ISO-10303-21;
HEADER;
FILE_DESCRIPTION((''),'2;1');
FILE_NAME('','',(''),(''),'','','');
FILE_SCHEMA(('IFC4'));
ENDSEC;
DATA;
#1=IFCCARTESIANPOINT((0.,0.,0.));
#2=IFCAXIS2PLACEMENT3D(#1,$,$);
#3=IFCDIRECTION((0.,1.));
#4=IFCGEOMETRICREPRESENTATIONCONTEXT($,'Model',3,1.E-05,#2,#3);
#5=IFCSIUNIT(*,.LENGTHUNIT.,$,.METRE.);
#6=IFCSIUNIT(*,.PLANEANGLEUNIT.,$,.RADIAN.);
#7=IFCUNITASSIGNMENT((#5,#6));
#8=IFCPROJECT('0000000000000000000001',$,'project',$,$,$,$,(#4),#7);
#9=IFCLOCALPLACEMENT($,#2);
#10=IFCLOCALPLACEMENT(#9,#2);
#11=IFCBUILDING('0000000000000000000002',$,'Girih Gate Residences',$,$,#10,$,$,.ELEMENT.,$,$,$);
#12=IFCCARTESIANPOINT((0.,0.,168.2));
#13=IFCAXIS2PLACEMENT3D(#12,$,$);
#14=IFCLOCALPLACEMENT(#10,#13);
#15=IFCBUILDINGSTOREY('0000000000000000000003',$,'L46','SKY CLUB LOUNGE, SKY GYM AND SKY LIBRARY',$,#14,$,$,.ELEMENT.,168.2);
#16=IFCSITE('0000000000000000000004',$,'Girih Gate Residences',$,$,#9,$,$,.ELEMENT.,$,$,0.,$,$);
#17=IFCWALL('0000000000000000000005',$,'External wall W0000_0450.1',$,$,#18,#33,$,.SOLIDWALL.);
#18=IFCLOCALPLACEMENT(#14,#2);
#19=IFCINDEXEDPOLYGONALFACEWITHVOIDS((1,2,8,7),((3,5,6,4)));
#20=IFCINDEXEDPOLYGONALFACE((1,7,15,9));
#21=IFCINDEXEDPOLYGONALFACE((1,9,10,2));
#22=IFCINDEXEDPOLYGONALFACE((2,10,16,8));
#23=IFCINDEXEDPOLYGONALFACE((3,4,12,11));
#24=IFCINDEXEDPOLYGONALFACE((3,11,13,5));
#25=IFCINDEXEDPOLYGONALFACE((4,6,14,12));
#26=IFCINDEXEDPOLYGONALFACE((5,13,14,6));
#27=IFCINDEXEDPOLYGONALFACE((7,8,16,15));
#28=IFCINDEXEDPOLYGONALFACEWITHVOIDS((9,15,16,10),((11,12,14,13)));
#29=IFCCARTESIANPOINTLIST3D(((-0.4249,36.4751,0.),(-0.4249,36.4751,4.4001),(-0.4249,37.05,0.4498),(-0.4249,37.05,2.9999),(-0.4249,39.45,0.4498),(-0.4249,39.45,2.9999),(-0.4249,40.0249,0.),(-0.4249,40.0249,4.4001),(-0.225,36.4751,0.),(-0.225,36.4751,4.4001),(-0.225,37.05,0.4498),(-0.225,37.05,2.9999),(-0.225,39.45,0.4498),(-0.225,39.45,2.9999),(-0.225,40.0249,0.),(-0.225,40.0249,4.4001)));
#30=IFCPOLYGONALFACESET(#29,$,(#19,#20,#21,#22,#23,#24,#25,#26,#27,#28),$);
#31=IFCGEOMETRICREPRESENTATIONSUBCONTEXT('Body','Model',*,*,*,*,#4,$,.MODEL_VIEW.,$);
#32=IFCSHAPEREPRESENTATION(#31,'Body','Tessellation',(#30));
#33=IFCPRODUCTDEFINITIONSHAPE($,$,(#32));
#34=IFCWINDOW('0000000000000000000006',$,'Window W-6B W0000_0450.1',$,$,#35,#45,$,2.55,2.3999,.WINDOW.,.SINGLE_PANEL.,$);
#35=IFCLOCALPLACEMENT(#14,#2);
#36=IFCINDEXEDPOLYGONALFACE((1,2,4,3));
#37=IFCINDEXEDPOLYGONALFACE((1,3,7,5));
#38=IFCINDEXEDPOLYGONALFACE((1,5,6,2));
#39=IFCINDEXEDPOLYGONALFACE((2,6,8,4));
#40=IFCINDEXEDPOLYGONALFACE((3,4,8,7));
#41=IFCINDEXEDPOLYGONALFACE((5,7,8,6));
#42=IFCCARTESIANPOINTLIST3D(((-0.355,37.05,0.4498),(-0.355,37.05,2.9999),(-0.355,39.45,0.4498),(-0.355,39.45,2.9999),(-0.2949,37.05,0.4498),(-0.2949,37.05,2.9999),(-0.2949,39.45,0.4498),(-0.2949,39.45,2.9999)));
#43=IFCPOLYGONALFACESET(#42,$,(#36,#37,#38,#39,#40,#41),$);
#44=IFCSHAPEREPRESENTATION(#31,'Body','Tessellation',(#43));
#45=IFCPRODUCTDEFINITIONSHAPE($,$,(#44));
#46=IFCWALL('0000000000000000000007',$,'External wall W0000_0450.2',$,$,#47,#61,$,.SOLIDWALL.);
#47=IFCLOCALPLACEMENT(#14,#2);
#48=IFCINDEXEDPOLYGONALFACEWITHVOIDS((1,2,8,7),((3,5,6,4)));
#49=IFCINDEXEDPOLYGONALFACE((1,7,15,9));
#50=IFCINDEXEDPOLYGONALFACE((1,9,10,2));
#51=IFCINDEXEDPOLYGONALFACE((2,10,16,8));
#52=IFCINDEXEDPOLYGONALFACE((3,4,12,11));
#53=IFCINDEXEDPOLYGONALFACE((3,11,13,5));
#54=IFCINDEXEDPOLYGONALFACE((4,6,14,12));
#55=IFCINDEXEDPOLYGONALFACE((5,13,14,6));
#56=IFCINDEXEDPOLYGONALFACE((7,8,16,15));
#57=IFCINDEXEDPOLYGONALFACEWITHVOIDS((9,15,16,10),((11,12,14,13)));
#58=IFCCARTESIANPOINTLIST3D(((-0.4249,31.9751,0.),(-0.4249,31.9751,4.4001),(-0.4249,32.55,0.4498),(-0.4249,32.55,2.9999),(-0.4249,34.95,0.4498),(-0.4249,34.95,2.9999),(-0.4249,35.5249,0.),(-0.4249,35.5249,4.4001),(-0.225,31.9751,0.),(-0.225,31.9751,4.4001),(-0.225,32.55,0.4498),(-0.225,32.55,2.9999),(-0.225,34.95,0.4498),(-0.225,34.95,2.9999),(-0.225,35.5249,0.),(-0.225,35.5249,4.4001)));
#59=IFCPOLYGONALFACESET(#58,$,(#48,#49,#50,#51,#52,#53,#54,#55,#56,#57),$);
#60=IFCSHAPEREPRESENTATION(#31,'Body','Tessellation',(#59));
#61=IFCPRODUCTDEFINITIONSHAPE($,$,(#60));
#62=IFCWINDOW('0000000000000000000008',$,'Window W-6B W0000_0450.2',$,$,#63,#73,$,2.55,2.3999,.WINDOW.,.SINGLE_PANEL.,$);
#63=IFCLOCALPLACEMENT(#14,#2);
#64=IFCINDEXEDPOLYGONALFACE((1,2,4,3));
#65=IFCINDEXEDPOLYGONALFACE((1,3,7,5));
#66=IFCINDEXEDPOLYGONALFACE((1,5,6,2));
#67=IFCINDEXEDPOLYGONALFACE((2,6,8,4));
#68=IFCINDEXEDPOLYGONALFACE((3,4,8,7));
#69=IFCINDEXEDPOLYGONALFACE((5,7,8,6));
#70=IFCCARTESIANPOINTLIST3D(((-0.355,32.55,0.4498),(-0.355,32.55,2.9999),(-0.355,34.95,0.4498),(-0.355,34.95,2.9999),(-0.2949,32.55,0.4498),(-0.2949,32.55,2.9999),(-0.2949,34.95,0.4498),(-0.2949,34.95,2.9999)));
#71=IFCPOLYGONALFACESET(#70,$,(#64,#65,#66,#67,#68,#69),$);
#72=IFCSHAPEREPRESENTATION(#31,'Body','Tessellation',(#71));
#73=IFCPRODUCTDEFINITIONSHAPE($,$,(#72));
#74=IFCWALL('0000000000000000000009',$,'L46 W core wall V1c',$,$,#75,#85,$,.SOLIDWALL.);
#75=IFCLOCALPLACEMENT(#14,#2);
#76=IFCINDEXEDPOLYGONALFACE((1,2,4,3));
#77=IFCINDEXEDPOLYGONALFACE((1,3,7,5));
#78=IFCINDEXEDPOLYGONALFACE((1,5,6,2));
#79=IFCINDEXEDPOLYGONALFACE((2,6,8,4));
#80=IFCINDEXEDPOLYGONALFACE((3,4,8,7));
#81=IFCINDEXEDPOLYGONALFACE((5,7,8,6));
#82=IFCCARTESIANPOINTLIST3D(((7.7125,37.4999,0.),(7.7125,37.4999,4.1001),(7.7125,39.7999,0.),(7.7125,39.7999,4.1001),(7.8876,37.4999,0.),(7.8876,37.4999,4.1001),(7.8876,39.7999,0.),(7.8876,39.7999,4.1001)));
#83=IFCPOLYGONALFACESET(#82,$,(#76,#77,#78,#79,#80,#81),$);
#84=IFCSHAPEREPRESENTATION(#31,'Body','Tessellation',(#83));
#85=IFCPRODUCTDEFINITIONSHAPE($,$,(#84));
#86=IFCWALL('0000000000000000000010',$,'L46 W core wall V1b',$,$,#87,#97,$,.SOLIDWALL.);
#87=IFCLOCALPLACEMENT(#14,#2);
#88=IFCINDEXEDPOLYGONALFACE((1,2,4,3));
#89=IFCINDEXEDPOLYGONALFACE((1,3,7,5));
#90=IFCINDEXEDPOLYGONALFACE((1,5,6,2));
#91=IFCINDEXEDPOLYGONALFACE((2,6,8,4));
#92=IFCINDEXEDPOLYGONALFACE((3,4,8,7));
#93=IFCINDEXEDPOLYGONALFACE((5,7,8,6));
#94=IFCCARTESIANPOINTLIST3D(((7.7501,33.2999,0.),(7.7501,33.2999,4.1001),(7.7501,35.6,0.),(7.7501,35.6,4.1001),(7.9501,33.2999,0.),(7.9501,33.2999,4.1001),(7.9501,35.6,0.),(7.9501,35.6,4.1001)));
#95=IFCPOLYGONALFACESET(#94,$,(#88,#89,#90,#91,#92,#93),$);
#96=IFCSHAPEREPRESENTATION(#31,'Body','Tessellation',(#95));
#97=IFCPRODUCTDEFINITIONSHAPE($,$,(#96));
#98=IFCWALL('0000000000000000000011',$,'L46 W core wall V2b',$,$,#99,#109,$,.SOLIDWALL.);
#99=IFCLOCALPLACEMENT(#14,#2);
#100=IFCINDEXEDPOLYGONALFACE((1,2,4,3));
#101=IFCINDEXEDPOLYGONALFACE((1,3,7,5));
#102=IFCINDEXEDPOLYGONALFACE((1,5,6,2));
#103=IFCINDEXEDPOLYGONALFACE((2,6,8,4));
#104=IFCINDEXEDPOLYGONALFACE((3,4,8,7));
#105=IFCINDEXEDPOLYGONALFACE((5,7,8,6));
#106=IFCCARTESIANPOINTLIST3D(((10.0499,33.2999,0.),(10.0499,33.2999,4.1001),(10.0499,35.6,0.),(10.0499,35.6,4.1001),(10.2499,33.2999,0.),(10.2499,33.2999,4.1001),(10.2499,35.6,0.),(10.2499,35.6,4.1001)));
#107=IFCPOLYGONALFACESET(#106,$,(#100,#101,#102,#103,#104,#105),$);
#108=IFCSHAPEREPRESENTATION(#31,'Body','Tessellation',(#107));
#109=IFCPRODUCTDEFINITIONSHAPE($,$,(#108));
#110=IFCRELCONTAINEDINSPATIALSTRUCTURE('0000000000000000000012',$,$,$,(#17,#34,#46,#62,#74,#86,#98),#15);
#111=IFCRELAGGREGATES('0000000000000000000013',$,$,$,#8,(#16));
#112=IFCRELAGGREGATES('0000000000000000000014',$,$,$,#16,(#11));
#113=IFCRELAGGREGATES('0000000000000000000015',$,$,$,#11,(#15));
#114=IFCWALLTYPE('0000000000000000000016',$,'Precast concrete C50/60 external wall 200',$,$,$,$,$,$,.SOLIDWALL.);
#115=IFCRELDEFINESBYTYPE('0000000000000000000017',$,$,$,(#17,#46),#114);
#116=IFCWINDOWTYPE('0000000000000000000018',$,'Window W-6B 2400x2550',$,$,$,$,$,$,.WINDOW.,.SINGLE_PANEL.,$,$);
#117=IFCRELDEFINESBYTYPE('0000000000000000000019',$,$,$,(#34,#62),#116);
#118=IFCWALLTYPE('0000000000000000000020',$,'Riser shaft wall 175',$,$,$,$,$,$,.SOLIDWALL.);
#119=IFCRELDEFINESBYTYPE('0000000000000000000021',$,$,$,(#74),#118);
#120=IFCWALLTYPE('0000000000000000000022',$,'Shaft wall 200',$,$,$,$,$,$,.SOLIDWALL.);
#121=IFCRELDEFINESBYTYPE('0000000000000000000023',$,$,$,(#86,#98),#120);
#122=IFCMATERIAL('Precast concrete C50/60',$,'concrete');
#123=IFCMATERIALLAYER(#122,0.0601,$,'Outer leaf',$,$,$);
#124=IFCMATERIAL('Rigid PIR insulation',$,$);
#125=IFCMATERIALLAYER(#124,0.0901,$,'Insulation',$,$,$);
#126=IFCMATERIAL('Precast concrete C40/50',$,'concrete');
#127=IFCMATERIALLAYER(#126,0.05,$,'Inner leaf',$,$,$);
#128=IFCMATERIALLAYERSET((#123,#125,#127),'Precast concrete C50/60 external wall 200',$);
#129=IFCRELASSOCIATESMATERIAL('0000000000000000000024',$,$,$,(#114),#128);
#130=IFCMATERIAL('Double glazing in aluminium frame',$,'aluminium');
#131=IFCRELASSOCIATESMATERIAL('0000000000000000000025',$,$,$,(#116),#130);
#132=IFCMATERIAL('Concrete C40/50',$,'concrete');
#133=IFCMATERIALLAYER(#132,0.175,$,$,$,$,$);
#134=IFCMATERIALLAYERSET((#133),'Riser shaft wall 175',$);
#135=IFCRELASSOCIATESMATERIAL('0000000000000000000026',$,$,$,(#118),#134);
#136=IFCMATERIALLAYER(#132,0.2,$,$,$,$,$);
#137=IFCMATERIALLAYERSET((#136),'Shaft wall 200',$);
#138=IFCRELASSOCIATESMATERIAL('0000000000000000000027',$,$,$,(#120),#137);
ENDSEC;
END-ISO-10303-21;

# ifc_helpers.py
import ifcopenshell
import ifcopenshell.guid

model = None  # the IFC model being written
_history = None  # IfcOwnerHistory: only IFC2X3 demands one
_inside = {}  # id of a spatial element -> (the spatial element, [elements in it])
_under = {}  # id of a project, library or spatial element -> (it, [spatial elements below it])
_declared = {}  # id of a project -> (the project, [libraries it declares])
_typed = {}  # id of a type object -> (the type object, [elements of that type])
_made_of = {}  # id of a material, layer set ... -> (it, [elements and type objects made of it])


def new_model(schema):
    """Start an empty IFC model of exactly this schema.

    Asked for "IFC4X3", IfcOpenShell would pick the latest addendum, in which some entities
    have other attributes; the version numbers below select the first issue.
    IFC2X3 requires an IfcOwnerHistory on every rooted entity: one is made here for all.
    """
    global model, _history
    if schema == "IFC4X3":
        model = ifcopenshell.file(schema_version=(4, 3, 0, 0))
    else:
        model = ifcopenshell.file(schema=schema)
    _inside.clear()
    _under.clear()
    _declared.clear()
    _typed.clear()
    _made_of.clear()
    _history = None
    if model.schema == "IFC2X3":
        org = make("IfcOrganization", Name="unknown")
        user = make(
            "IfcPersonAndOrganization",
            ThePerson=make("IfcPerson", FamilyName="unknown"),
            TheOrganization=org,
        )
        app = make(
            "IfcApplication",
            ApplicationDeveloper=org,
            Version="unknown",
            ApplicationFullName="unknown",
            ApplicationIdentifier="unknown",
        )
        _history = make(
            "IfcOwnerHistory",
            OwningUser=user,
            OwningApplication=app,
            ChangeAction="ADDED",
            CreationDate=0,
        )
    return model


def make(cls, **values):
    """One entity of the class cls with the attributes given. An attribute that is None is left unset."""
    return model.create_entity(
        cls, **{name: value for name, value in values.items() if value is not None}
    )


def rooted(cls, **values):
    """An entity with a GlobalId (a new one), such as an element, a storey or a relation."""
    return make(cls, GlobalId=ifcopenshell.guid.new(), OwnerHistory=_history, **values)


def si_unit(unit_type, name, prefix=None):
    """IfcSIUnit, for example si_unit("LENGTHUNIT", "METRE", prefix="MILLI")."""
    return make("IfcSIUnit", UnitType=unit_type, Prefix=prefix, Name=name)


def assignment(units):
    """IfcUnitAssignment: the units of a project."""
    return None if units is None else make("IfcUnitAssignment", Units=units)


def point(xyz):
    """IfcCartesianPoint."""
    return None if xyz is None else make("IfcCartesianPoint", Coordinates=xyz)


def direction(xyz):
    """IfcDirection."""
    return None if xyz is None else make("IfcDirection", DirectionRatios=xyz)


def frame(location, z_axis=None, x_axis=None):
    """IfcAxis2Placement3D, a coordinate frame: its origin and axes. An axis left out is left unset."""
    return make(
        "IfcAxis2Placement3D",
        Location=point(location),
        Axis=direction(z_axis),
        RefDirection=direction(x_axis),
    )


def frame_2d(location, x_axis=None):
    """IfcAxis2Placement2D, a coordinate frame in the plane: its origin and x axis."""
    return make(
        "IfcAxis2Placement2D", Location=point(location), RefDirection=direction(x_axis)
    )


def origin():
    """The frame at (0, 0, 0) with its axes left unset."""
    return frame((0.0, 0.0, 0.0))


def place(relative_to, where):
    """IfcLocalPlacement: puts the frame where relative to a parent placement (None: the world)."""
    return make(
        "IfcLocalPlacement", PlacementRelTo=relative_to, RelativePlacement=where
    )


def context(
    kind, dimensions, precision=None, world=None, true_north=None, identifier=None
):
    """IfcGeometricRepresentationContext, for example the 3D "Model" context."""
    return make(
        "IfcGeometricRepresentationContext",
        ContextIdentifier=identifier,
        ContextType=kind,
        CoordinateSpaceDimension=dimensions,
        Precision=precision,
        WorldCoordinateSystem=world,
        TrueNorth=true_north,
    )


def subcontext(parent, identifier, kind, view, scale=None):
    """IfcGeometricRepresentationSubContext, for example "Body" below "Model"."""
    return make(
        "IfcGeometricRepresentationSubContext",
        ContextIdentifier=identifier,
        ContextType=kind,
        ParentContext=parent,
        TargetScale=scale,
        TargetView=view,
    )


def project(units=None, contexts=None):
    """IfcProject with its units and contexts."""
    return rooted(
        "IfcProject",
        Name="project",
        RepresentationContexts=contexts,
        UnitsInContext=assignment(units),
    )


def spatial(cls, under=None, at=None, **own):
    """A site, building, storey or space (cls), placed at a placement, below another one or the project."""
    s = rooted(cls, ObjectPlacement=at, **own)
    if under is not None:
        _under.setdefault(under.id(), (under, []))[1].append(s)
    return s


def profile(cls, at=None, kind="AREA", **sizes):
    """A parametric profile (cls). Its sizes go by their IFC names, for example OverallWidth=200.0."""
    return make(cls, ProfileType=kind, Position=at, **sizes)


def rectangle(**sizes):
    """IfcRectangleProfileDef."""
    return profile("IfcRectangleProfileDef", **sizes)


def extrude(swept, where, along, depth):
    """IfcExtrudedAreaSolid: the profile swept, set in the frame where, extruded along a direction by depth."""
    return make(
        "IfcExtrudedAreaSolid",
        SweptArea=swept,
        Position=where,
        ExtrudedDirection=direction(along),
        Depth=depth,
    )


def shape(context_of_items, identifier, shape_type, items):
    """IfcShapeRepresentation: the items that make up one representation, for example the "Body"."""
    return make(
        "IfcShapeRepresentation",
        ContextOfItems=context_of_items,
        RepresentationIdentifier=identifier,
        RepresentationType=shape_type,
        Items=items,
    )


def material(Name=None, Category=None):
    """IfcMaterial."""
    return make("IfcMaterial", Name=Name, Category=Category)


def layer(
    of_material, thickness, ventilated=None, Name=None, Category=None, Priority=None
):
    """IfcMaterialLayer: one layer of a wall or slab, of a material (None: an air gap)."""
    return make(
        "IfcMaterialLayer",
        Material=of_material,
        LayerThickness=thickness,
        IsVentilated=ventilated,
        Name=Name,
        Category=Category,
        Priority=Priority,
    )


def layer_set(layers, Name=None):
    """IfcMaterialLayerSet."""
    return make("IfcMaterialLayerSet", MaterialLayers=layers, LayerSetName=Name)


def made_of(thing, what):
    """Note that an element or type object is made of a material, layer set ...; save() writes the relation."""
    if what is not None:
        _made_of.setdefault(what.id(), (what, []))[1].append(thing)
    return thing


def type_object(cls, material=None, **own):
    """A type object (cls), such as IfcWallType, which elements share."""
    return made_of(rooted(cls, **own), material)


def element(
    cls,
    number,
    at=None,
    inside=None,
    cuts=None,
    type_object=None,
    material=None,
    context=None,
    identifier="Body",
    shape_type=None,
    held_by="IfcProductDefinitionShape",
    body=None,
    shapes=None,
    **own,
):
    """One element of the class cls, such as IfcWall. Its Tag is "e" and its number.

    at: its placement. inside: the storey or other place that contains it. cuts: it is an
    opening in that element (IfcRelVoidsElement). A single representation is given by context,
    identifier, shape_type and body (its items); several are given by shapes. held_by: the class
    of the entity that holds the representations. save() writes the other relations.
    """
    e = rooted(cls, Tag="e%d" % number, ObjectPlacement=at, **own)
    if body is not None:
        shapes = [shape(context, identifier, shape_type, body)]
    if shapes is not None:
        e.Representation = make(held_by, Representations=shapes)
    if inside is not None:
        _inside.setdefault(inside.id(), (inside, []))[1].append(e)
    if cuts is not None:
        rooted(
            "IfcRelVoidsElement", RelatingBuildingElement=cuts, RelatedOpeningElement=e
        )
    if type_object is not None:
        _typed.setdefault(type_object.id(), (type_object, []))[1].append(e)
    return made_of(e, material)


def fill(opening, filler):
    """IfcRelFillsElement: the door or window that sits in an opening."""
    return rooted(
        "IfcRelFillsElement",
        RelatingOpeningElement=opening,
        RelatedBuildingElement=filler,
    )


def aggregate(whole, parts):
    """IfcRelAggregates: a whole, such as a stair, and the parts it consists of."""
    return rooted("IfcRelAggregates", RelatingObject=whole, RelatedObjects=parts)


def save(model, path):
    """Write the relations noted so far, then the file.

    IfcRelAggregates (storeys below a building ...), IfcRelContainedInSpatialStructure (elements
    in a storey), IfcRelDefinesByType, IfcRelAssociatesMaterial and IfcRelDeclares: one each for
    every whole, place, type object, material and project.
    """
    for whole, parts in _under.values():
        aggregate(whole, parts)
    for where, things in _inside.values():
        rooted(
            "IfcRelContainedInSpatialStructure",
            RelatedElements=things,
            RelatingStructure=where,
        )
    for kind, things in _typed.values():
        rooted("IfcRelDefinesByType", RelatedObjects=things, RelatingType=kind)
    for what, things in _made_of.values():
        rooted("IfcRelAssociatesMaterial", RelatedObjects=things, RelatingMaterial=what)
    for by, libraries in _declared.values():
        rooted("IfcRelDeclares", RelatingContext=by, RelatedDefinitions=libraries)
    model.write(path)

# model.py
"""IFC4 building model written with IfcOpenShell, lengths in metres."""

from ifc_helpers import new_model, si_unit, direction, frame, frame_2d, origin, place, context, subcontext, project, spatial, rectangle, extrude, material, layer, layer_set, type_object, element, fill, save


model = new_model("IFC4")

# Units and contexts
model_context = context("Model", 3, precision=1e-05, world=origin(), true_north=direction((0.0, 1.0)))
body_context = subcontext(model_context, "Body", "Model", "MODEL_VIEW")
ifc_project = project(units=[si_unit("LENGTHUNIT", "METRE"), si_unit("PLANEANGLEUNIT", "RADIAN")], contexts=[model_context])

# Site, building, storey
site_placement = place(None, origin())
site = spatial("IfcSite", under=ifc_project, at=site_placement, Name="Girih Gate Residences", CompositionType="ELEMENT", RefElevation=0.0)
building_placement = place(site_placement, origin())
building = spatial("IfcBuilding", under=site, at=building_placement, Name="Girih Gate Residences", CompositionType="ELEMENT")
storey_placement = place(building_placement, frame((0.0, 0.0, 168.2)))
storey = spatial("IfcBuildingStorey", under=building, at=storey_placement, Name="L46", Description="SKY CLUB LOUNGE, SKY GYM AND SKY LIBRARY", CompositionType="ELEMENT", Elevation=168.2)

# Shared definitions
ifc_material_1 = material(Name="Concrete C40/50", Category="concrete")

# Walls, openings, windows
ifc_material_2 = material(Name="Precast concrete C50/60", Category="concrete")
ifc_layer_1 = layer(ifc_material_2, 0.0601, Name="Outer leaf")
ifc_material_3 = material(Name="Rigid PIR insulation")
ifc_layer_2 = layer(ifc_material_3, 0.0901, Name="Insulation")
ifc_material_4 = material(Name="Precast concrete C40/50", Category="concrete")
ifc_layer_3 = layer(ifc_material_4, 0.05, Name="Inner leaf")
ifc_layer_set_1 = layer_set([ifc_layer_1, ifc_layer_2, ifc_layer_3], Name="Precast concrete C50/60 external wall 200")
wall_type_1 = type_object("IfcWallType", Name="Precast concrete C50/60 external wall 200", PredefinedType="SOLIDWALL", material=ifc_layer_set_1)
wall_1_placement = place(storey_placement, frame((-0.325, 36.4751, 0.0), z_axis=(0.0, 0.0, 1.0), x_axis=(0.0, 1.0, 0.0)))
wall_1 = element("IfcWall", 1, at=wall_1_placement, inside=storey, type_object=wall_type_1, Name="External wall W0000_0450.1", PredefinedType="SOLIDWALL", context=body_context, shape_type="SweptSolid", body=[
    extrude(rectangle(XDim=3.5498, YDim=0.2, at=frame_2d((1.7749, 0.0))), origin(), (0.0, 0.0, 1.0), 4.4001),
])
opening_1_placement = place(wall_1_placement, frame((0.575, 0.0, 0.45)))
opening_1 = element("IfcOpeningElement", 2, at=opening_1_placement, cuts=wall_1, PredefinedType="OPENING", context=body_context, shape_type="SweptSolid", body=[
    extrude(rectangle(XDim=2.3999, YDim=2.55, at=frame_2d((1.2, 1.2749))), frame((0.0, 0.1099, 0.0), z_axis=(0.0, -1.0, 0.0), x_axis=(1.0, 0.0, 0.0)), (0.0, 0.0, 1.0), 0.22),
])
ifc_material_5 = material(Name="Double glazing in aluminium frame", Category="aluminium")
window_type = type_object("IfcWindowType", Name="Window W-6B 2400x2550", PartitioningType="SINGLE_PANEL", PredefinedType="WINDOW", material=ifc_material_5)
window_1_placement = place(opening_1_placement, origin())
window_1 = element("IfcWindow", 3, at=window_1_placement, inside=storey, type_object=window_type, Name="Window W-6B W0000_0450.1", OverallHeight=2.55, OverallWidth=2.3999, PartitioningType="SINGLE_PANEL", PredefinedType="WINDOW", context=body_context, shape_type="SweptSolid", body=[
    extrude(rectangle(XDim=2.3999, YDim=2.55, at=frame_2d((1.2, 1.2749))), frame((0.0, 0.03, 0.0), z_axis=(0.0, -1.0, 0.0), x_axis=(1.0, 0.0, 0.0)), (0.0, 0.0, 1.0), 0.0601),
])
fill(opening_1, window_1)
wall_2_placement = place(storey_placement, frame((-0.325, 31.9751, 0.0), z_axis=(0.0, 0.0, 1.0), x_axis=(0.0, 1.0, 0.0)))
wall_2 = element("IfcWall", 4, at=wall_2_placement, inside=storey, type_object=wall_type_1, Name="External wall W0000_0450.2", PredefinedType="SOLIDWALL", context=body_context, shape_type="SweptSolid", body=[
    extrude(rectangle(XDim=3.5498, YDim=0.2, at=frame_2d((1.7749, 0.0))), origin(), (0.0, 0.0, 1.0), 4.4001),
])
opening_2_placement = place(wall_2_placement, frame((0.575, 0.0, 0.45)))
opening_2 = element("IfcOpeningElement", 5, at=opening_2_placement, cuts=wall_2, PredefinedType="OPENING", context=body_context, shape_type="SweptSolid", body=[
    extrude(rectangle(XDim=2.3999, YDim=2.55, at=frame_2d((1.2, 1.2749))), frame((0.0, 0.1099, 0.0), z_axis=(0.0, -1.0, 0.0), x_axis=(1.0, 0.0, 0.0)), (0.0, 0.0, 1.0), 0.22),
])
window_2_placement = place(opening_2_placement, origin())
window_2 = element("IfcWindow", 6, at=window_2_placement, inside=storey, type_object=window_type, Name="Window W-6B W0000_0450.2", OverallHeight=2.55, OverallWidth=2.3999, PartitioningType="SINGLE_PANEL", PredefinedType="WINDOW", context=body_context, shape_type="SweptSolid", body=[
    extrude(rectangle(XDim=2.3999, YDim=2.55, at=frame_2d((1.2, 1.2749))), frame((0.0, 0.03, 0.0), z_axis=(0.0, -1.0, 0.0), x_axis=(1.0, 0.0, 0.0)), (0.0, 0.0, 1.0), 0.0601),
])
fill(opening_2, window_2)

# Walls
ifc_layer_4 = layer(ifc_material_1, 0.175)
ifc_layer_set_2 = layer_set([ifc_layer_4], Name="Riser shaft wall 175")
wall_type_2 = type_object("IfcWallType", Name="Riser shaft wall 175", PredefinedType="SOLIDWALL", material=ifc_layer_set_2)
wall_3_placement = place(storey_placement, frame((7.8, 37.5, 0.0), z_axis=(0.0, 0.0, 1.0), x_axis=(0.0, 1.0, 0.0)))
element("IfcWall", 7, at=wall_3_placement, inside=storey, type_object=wall_type_2, Name="L46 W core wall V1c", PredefinedType="SOLIDWALL", context=body_context, shape_type="SweptSolid", body=[
    extrude(rectangle(XDim=2.3, YDim=0.175, at=frame_2d((1.1499, 0.0))), origin(), (0.0, 0.0, 1.0), 4.1001),
])
ifc_layer_5 = layer(ifc_material_1, 0.2)
ifc_layer_set_3 = layer_set([ifc_layer_5], Name="Shaft wall 200")
wall_type_3 = type_object("IfcWallType", Name="Shaft wall 200", PredefinedType="SOLIDWALL", material=ifc_layer_set_3)
for number, where, z_axis, x_axis, name in (
    (8, (7.8501, 33.3, 0.0), (0.0, 0.0, 1.0), (0.0, 1.0, 0.0), "L46 W core wall V1b"),
    (9, (10.1499, 33.3, 0.0), (0.0, 0.0, 1.0), (0.0, 1.0, 0.0), "L46 W core wall V2b"),
):
    element("IfcWall", number, at=place(storey_placement, frame(where, z_axis=z_axis, x_axis=x_axis)), inside=storey, type_object=wall_type_3, Name=name, PredefinedType="SOLIDWALL", context=body_context, shape_type="SweptSolid", body=[
        extrude(rectangle(XDim=2.3, YDim=0.2, at=frame_2d((1.1499, 0.0))), origin(), (0.0, 0.0, 1.0), 4.1001),
    ])

save(model, "model.ifc")
